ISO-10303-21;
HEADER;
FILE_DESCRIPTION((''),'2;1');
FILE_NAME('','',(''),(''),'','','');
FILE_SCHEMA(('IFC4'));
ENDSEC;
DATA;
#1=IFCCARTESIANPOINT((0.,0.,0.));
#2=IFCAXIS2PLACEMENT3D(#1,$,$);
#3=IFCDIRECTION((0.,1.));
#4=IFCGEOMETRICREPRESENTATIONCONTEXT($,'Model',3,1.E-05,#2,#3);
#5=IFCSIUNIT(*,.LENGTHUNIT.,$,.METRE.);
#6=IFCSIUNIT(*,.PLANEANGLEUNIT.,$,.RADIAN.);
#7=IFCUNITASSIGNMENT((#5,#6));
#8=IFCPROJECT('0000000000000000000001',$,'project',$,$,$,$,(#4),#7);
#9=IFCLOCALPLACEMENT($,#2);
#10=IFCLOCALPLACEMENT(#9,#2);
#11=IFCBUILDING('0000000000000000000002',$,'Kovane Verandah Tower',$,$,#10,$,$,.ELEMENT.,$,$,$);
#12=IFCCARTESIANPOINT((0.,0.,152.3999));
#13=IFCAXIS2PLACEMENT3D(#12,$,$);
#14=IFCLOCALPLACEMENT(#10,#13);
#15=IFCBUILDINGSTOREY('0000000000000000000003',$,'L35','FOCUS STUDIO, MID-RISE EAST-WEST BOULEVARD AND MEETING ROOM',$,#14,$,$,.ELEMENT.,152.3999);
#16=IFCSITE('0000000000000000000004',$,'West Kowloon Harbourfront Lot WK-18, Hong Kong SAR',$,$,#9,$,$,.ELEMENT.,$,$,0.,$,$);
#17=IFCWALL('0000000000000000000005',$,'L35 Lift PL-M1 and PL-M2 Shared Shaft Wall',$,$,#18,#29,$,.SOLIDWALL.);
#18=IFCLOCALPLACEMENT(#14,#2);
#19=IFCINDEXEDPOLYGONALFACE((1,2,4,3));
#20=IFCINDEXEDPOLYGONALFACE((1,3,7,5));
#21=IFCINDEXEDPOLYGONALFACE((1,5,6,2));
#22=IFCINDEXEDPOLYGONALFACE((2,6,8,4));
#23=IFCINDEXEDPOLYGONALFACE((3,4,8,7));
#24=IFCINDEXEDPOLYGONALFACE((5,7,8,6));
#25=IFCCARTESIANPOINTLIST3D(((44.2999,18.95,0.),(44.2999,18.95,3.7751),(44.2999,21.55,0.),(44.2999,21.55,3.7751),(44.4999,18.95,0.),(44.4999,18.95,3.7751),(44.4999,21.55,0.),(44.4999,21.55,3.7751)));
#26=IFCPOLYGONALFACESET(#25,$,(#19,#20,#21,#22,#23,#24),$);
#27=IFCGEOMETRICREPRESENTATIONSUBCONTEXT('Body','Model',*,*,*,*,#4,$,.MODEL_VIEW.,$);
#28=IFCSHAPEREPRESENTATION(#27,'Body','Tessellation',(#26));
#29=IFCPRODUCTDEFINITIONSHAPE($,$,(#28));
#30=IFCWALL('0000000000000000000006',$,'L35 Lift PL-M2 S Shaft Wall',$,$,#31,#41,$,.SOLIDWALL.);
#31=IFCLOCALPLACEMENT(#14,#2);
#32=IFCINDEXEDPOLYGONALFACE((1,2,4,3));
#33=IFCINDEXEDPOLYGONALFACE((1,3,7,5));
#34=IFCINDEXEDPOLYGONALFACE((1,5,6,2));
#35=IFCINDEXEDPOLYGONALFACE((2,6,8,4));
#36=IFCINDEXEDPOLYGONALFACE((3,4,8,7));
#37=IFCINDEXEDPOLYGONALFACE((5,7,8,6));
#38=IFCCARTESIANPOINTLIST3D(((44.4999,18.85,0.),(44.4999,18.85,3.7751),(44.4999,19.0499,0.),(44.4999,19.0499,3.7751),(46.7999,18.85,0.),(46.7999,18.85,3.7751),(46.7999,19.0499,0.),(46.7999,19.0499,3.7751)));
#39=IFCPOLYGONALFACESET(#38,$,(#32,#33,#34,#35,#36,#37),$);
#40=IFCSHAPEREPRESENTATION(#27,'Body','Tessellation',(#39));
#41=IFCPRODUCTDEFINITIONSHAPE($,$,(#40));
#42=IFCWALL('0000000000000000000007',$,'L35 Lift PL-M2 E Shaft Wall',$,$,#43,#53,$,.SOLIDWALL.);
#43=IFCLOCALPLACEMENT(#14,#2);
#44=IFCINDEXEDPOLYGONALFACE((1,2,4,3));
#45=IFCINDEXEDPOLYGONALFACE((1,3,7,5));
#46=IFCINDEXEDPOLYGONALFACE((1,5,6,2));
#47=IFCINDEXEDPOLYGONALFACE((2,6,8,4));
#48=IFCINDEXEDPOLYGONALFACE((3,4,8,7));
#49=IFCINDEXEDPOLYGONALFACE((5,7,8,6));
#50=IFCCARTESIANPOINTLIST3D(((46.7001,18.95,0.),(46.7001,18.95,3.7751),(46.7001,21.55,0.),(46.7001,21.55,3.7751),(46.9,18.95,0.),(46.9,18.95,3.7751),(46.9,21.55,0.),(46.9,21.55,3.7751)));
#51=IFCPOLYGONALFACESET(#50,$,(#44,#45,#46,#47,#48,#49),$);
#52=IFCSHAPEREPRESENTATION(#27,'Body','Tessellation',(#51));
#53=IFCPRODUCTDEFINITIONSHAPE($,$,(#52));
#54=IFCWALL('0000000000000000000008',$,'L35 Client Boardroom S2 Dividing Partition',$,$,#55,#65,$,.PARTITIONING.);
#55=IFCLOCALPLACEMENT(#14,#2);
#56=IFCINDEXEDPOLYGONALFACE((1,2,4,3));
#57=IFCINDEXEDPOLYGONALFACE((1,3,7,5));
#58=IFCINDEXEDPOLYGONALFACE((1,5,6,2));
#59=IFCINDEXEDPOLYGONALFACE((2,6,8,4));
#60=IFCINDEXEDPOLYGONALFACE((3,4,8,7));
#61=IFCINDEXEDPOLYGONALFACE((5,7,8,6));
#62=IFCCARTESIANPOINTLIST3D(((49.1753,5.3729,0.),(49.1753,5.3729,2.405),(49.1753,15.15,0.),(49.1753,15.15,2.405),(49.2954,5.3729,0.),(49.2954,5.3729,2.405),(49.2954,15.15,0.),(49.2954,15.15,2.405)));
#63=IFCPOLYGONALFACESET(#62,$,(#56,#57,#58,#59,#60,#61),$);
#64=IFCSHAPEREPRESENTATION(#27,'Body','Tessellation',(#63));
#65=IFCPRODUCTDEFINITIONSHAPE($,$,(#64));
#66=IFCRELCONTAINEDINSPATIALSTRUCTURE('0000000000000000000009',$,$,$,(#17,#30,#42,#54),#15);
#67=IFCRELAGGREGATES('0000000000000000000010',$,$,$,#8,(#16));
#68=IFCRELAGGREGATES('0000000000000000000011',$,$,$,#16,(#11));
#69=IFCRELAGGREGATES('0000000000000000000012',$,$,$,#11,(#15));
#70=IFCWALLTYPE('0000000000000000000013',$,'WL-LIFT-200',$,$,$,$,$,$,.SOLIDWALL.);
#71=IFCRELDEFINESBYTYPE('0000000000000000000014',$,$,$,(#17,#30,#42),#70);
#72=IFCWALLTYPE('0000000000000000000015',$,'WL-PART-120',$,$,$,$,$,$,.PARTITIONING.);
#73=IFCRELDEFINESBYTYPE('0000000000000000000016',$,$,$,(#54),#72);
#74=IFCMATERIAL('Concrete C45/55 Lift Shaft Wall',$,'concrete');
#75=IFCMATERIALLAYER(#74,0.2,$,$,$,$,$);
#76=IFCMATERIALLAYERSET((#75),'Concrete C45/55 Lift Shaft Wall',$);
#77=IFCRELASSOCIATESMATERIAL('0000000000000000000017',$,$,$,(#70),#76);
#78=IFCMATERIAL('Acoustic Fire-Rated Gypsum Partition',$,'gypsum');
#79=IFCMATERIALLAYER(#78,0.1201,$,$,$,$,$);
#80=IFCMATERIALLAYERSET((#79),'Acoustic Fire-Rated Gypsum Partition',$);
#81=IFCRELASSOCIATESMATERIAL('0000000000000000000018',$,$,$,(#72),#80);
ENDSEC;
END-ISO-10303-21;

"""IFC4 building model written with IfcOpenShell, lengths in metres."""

from ifc_helpers import new_model, si_unit, direction, frame, frame_2d, origin, place, context, subcontext, project, spatial, rectangle, extrude, material, layer, layer_set, type_object, element, save


model = new_model("IFC4")

# Units and contexts
model_context = context("Model", 3, precision=1e-05, world=origin(), true_north=direction((0.0, 1.0)))
body_context = subcontext(model_context, "Body", "Model", "MODEL_VIEW")
ifc_project = project(units=[si_unit("LENGTHUNIT", "METRE"), si_unit("PLANEANGLEUNIT", "RADIAN")], contexts=[model_context])

# Site, building, storey
site_placement = place(None, origin())
site = spatial("IfcSite", under=ifc_project, at=site_placement, Name="West Kowloon Harbourfront Lot WK-18, Hong Kong SAR", CompositionType="ELEMENT", RefElevation=0.0)
building_placement = place(site_placement, origin())
building = spatial("IfcBuilding", under=site, at=building_placement, Name="Kovane Verandah Tower", CompositionType="ELEMENT")
storey_placement = place(building_placement, frame((0.0, 0.0, 152.3999)))
storey = spatial("IfcBuildingStorey", under=building, at=storey_placement, Name="L35", Description="FOCUS STUDIO, MID-RISE EAST-WEST BOULEVARD AND MEETING ROOM", CompositionType="ELEMENT", Elevation=152.3999)

# Walls
ifc_material_1 = material(Name="Concrete C45/55 Lift Shaft Wall", Category="concrete")
ifc_layer_1 = layer(ifc_material_1, 0.2)
ifc_layer_set_1 = layer_set([ifc_layer_1], Name="Concrete C45/55 Lift Shaft Wall")
wall_type_1 = type_object("IfcWallType", Name="WL-LIFT-200", PredefinedType="SOLIDWALL", material=ifc_layer_set_1)
wall_1_placement = place(storey_placement, frame((44.3999, 18.95, 0.0), z_axis=(0.0, 0.0, 1.0), x_axis=(0.0, 1.0, 0.0)))
element("IfcWall", 1, at=wall_1_placement, inside=storey, type_object=wall_type_1, Name="L35 Lift PL-M1 and PL-M2 Shared Shaft Wall", PredefinedType="SOLIDWALL", context=body_context, shape_type="SweptSolid", body=[
    extrude(rectangle(XDim=2.6001, YDim=0.2, at=frame_2d((1.3, 0.0))), origin(), (0.0, 0.0, 1.0), 3.7751),
])
wall_2_placement = place(storey_placement, frame((44.5, 18.95, 0.0), z_axis=(0.0, 0.0, 1.0), x_axis=(1.0, 0.0, 0.0)))
element("IfcWall", 2, at=wall_2_placement, inside=storey, type_object=wall_type_1, Name="L35 Lift PL-M2 S Shaft Wall", PredefinedType="SOLIDWALL", context=body_context, shape_type="SweptSolid", body=[
    extrude(rectangle(XDim=2.3, YDim=0.2, at=frame_2d((1.1499, 0.0))), origin(), (0.0, 0.0, 1.0), 3.7751),
])
wall_3_placement = place(storey_placement, frame((46.8, 18.95, 0.0), z_axis=(0.0, 0.0, 1.0), x_axis=(0.0, 1.0, 0.0)))
element("IfcWall", 3, at=wall_3_placement, inside=storey, type_object=wall_type_1, Name="L35 Lift PL-M2 E Shaft Wall", PredefinedType="SOLIDWALL", context=body_context, shape_type="SweptSolid", body=[
    extrude(rectangle(XDim=2.6001, YDim=0.2, at=frame_2d((1.3, 0.0))), origin(), (0.0, 0.0, 1.0), 3.7751),
])
ifc_material_2 = material(Name="Acoustic Fire-Rated Gypsum Partition", Category="gypsum")
ifc_layer_2 = layer(ifc_material_2, 0.1201)
ifc_layer_set_2 = layer_set([ifc_layer_2], Name="Acoustic Fire-Rated Gypsum Partition")
wall_type_2 = type_object("IfcWallType", Name="WL-PART-120", PredefinedType="PARTITIONING", material=ifc_layer_set_2)
wall_4_placement = place(storey_placement, frame((49.2354, 5.3728, 0.0), z_axis=(0.0, 0.0, 1.0), x_axis=(0.0, 1.0, 0.0)))
element("IfcWall", 4, at=wall_4_placement, inside=storey, type_object=wall_type_2, Name="L35 Client Boardroom S2 Dividing Partition", PredefinedType="PARTITIONING", context=body_context, shape_type="SweptSolid", body=[
    extrude(rectangle(XDim=9.7771, YDim=0.1201, at=frame_2d((4.8887, 0.0))), origin(), (0.0, 0.0, 1.0), 2.405),
])

save(model, "model.ifc")
